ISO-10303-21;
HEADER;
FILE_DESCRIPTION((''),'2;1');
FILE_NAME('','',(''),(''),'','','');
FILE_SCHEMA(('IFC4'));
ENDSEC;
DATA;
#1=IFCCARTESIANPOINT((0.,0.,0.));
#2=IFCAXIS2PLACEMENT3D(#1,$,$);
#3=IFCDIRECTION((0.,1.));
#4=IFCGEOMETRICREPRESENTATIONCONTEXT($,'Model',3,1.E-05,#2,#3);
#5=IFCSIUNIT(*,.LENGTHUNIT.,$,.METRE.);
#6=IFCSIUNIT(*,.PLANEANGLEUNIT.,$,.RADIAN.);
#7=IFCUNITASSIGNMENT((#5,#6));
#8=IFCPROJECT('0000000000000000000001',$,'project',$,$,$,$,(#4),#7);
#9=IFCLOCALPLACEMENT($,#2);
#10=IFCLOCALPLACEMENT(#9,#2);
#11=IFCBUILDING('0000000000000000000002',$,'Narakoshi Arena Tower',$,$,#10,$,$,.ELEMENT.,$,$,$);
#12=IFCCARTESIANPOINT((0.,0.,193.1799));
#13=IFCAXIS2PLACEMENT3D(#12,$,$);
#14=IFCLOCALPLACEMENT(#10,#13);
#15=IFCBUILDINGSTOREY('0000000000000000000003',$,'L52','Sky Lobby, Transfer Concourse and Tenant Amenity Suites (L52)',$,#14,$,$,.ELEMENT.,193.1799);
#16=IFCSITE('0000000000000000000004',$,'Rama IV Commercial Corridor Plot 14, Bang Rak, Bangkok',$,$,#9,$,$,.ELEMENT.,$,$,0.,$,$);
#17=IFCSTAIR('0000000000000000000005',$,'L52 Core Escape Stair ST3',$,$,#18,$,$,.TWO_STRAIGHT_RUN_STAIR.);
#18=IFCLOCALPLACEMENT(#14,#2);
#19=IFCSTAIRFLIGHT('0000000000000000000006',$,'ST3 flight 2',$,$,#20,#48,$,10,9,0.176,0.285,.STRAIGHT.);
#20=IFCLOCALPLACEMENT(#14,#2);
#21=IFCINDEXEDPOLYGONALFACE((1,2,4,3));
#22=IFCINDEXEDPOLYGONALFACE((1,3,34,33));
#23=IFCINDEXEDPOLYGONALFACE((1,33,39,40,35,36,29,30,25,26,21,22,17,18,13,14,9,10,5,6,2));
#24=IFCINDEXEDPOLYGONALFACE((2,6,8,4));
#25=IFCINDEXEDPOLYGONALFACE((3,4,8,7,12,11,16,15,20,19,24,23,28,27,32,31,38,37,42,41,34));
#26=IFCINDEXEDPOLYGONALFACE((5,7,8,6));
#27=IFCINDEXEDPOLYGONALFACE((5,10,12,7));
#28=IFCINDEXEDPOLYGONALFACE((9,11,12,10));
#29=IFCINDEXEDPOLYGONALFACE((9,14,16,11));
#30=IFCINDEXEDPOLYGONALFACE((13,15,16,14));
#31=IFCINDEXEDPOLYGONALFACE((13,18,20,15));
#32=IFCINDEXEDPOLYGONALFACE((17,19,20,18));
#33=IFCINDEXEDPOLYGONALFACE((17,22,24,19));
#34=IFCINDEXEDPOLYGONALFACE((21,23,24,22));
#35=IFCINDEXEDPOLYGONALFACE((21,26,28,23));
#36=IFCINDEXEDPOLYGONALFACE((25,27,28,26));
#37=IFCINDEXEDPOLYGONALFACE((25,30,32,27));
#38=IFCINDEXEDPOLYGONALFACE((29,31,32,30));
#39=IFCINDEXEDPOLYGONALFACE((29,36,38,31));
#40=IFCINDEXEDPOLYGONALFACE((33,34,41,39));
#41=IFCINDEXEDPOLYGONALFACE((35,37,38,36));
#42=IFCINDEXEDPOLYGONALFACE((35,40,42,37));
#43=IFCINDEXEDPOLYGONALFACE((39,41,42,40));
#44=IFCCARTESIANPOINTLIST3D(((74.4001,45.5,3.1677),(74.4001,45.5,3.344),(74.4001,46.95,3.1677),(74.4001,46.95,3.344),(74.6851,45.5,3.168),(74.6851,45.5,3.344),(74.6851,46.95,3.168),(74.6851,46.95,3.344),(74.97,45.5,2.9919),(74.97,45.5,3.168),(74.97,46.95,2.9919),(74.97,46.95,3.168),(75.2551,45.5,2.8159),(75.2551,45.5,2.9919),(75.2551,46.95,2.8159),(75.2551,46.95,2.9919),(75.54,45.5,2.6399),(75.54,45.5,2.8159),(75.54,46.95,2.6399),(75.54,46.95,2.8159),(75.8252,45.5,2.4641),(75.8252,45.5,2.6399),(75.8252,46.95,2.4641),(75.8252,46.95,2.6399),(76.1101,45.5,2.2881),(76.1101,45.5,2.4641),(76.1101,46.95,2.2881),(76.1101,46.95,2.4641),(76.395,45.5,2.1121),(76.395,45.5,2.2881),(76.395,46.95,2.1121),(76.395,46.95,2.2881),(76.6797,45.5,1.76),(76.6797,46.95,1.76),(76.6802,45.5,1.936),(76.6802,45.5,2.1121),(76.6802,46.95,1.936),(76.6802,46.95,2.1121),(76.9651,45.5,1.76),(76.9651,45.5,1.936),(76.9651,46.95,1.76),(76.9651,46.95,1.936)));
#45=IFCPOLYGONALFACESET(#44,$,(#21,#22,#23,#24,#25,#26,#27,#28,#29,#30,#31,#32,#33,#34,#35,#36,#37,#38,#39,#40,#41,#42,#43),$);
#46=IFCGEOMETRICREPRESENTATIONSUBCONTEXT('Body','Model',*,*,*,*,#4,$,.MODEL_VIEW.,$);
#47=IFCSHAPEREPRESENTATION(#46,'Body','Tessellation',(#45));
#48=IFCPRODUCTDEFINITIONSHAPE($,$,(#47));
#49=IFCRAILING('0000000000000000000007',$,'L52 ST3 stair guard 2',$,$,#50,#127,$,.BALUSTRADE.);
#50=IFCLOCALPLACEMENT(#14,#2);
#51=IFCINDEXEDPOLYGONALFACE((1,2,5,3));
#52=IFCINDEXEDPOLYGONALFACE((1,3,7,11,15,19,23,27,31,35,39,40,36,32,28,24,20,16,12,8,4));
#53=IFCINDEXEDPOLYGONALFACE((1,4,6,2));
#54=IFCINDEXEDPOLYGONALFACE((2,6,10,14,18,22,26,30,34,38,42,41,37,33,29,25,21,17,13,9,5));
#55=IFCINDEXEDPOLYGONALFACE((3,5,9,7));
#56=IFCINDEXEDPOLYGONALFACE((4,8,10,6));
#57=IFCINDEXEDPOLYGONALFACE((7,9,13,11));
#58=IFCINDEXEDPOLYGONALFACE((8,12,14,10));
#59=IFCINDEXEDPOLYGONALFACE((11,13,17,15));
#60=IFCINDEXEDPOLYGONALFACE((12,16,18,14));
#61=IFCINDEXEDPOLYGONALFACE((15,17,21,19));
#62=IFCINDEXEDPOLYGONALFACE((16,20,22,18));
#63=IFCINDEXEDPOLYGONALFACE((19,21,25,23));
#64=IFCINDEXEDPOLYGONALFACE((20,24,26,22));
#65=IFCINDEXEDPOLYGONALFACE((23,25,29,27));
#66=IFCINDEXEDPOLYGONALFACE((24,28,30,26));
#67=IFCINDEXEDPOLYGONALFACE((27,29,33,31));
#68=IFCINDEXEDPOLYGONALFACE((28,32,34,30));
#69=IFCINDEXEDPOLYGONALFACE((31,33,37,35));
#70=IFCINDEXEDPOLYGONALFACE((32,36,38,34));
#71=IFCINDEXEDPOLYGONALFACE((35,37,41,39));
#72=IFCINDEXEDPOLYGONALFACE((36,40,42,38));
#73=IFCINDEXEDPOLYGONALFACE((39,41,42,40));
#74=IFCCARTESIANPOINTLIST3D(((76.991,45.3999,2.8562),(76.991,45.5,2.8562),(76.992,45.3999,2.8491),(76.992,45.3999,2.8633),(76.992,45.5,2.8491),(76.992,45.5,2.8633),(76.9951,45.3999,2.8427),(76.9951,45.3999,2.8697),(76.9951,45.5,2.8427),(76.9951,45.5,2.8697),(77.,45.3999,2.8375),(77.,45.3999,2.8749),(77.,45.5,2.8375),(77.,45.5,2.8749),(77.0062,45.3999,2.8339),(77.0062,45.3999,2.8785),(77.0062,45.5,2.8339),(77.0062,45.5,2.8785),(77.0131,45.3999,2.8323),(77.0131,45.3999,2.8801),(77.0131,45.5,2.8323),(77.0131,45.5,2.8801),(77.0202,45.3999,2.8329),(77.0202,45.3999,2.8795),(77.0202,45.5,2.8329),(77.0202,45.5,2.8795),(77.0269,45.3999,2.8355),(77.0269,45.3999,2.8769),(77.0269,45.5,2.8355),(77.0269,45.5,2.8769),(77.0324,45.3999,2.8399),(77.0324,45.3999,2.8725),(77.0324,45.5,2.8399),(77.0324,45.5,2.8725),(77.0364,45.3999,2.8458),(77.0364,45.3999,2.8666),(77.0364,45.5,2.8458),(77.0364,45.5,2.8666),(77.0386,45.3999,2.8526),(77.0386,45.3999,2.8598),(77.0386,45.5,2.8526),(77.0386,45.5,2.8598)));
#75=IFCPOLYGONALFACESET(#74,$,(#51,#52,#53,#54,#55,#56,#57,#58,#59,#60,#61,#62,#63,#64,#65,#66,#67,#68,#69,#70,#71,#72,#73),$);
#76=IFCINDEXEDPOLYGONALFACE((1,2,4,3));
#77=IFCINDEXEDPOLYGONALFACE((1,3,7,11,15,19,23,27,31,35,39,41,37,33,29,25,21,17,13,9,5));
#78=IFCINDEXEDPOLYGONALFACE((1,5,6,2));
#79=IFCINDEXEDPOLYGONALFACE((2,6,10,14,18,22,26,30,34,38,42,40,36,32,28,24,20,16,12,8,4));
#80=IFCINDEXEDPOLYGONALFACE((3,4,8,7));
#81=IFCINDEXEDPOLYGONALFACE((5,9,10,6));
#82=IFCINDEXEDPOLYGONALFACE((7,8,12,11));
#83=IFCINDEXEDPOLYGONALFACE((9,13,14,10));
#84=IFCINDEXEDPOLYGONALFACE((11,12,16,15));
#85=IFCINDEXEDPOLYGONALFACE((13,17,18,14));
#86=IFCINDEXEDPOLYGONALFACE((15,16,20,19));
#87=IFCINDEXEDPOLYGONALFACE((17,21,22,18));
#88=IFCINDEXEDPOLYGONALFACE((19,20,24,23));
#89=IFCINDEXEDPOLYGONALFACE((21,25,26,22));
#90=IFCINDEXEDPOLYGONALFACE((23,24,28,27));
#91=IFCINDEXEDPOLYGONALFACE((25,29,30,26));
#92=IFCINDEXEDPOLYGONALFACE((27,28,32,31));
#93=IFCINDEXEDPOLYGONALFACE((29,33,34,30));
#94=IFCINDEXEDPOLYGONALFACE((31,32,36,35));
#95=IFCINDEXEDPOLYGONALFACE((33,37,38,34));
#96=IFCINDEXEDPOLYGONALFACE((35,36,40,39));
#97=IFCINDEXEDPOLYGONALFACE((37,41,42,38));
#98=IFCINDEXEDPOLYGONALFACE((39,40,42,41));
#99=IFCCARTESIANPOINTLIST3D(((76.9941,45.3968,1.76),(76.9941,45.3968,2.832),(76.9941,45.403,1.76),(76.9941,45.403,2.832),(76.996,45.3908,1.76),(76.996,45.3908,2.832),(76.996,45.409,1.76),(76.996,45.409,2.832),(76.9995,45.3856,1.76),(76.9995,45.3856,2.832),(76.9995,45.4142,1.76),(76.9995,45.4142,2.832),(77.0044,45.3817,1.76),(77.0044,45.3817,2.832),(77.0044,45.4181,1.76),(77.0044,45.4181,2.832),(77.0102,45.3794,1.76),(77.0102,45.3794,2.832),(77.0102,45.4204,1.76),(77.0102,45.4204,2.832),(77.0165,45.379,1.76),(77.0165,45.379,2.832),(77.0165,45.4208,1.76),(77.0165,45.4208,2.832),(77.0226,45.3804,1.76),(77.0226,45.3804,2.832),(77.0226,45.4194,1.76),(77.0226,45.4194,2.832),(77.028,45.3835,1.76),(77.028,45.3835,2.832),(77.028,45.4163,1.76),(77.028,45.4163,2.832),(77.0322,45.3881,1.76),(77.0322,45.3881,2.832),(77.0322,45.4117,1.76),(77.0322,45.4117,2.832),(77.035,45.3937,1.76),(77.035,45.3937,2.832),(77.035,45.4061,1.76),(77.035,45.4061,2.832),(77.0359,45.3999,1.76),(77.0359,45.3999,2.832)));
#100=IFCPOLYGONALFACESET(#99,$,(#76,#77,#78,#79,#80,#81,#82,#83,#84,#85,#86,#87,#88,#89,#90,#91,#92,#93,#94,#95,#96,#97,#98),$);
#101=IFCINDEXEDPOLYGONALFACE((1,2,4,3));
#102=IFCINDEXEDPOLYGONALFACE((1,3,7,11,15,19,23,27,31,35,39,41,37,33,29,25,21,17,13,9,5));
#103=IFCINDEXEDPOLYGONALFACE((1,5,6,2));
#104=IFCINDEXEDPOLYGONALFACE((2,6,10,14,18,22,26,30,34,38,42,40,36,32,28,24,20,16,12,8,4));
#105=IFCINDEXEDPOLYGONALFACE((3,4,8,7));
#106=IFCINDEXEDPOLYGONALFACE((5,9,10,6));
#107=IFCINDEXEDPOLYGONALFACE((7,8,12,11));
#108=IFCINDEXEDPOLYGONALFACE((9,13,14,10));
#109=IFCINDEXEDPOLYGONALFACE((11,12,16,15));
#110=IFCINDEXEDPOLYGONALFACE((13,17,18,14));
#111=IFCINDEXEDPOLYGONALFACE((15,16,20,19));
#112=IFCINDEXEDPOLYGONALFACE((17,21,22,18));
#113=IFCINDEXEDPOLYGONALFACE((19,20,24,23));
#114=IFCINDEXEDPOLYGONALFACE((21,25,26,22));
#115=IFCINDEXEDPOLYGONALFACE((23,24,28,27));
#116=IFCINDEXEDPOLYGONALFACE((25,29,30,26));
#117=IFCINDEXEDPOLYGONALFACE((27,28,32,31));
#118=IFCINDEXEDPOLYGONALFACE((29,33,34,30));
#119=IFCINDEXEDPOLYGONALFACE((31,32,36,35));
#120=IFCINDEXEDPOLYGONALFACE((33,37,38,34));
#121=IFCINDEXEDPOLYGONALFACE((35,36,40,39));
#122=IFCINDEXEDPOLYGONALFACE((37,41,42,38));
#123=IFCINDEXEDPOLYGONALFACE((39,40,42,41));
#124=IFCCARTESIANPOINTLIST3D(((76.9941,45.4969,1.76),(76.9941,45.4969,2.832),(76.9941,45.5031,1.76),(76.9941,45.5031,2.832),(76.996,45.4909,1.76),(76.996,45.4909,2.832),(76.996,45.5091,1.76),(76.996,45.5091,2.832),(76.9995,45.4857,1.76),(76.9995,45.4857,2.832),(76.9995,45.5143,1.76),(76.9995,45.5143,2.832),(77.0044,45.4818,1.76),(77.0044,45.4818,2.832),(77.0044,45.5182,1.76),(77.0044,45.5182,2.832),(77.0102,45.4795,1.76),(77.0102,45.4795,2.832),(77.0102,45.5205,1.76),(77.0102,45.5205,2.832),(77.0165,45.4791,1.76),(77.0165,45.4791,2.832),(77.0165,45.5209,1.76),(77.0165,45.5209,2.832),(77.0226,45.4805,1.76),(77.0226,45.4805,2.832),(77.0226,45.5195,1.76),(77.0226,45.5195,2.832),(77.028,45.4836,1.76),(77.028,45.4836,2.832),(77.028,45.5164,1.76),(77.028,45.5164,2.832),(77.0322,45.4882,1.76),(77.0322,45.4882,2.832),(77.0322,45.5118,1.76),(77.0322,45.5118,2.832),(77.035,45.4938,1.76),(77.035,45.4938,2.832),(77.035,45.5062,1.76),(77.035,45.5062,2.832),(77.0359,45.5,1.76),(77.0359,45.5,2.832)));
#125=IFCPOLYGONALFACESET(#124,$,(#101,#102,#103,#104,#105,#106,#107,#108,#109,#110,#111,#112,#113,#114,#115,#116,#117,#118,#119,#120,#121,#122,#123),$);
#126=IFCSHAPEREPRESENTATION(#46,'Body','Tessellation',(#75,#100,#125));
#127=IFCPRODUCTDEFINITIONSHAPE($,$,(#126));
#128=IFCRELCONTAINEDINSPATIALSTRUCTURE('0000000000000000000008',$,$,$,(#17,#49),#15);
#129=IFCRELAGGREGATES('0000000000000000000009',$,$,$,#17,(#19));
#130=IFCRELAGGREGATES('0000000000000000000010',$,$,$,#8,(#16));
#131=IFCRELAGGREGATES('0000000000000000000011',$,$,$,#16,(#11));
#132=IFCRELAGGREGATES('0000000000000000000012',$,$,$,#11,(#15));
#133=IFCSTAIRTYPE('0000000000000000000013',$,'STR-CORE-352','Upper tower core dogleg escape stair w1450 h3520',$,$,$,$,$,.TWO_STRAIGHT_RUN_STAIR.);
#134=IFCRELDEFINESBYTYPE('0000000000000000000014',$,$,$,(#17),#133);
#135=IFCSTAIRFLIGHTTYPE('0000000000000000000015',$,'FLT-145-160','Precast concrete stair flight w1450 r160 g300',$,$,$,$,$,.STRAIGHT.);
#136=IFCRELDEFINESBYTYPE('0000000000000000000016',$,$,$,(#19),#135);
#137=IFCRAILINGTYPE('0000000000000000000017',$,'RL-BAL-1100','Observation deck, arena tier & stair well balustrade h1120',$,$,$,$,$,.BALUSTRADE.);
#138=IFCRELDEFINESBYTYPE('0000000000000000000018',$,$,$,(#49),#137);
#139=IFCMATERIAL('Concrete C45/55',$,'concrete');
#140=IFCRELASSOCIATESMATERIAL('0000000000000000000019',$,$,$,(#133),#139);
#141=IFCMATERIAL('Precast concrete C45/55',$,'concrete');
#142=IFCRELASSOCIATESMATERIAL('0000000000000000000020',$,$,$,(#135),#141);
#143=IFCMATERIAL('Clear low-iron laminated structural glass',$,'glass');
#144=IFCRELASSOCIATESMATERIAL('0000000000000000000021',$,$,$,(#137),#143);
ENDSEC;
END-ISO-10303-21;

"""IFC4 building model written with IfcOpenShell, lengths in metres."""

from ifc_helpers import new_model, si_unit, direction, frame, origin, origin_2d, place, context, subcontext, project, spatial, polyline, circle, outline, extrude, material, type_object, element, aggregate, save


model = new_model("IFC4")

# Units and contexts
model_context = context("Model", 3, precision=1e-05, world=origin(), true_north=direction((0.0, 1.0)))
body_context = subcontext(model_context, "Body", "Model", "MODEL_VIEW")
ifc_project = project(units=[si_unit("LENGTHUNIT", "METRE"), si_unit("PLANEANGLEUNIT", "RADIAN")], contexts=[model_context])

# Site, building, storey
site_placement = place(None, origin())
site = spatial("IfcSite", under=ifc_project, at=site_placement, Name="Rama IV Commercial Corridor Plot 14, Bang Rak, Bangkok", CompositionType="ELEMENT", RefElevation=0.0)
building_placement = place(site_placement, origin())
building = spatial("IfcBuilding", under=site, at=building_placement, Name="Narakoshi Arena Tower", CompositionType="ELEMENT")
storey_placement = place(building_placement, frame((0.0, 0.0, 193.1799)))
storey = spatial("IfcBuildingStorey", under=building, at=storey_placement, Name="L52", Description="Sky Lobby, Transfer Concourse and Tenant Amenity Suites (L52)", CompositionType="ELEMENT", Elevation=193.1799)

# Stair, stair flight
ifc_material_1 = material(Name="Concrete C45/55", Category="concrete")
stair_type = type_object("IfcStairType", Name="STR-CORE-352", Description="Upper tower core dogleg escape stair w1450 h3520", PredefinedType="TWO_STRAIGHT_RUN_STAIR", material=ifc_material_1)
stair_placement = place(storey_placement, origin())
stair = element("IfcStair", 1, at=stair_placement, inside=storey, type_object=stair_type, Name="L52 Core Escape Stair ST3", PredefinedType="TWO_STRAIGHT_RUN_STAIR")
ifc_material_2 = material(Name="Precast concrete C45/55", Category="concrete")
stair_flight_type = type_object("IfcStairFlightType", Name="FLT-145-160", Description="Precast concrete stair flight w1450 r160 g300", PredefinedType="STRAIGHT", material=ifc_material_2)
stair_flight_placement = place(storey_placement, frame((76.9651, 46.2251, 1.76), z_axis=(0.0, 0.0, 1.0), x_axis=(-1.0, 0.0, 0.0)))
stair_flight = element("IfcStairFlight", 2, at=stair_flight_placement, type_object=stair_flight_type, Name="ST3 flight 2", NumberOfRisers=10, NumberOfTreads=9, PredefinedType="STRAIGHT", RiserHeight=0.176, TreadLength=0.285, context=body_context, shape_type="SweptSolid", body=[
    extrude(outline(polyline([(0.0, 0.0), (0.0, 0.176), (0.2849, 0.176), (0.2849, 0.3521), (0.5701, 0.3521), (0.5701, 0.5281), (0.855, 0.5281), (0.855, 0.7041), (1.1399, 0.7041), (1.1399, 0.8799), (1.425, 0.8799), (1.425, 1.0559), (1.71, 1.0559), (1.71, 1.2319), (1.9951, 1.2319), (1.9951, 1.408), (2.28, 1.408), (2.28, 1.584), (2.5649, 1.584), (2.5649, 1.76), (2.5649, 1.4077), (0.2854, 0.0), (0.0, 0.0)])), frame((0.0, 0.7251, 0.0), z_axis=(0.0, -1.0, 0.0), x_axis=(1.0, 0.0, 0.0)), (0.0, 0.0, 1.0), 1.45),
])
aggregate(stair, [stair_flight])

# Railing
ifc_material_3 = material(Name="Clear low-iron laminated structural glass", Category="glass")
railing_type_1 = type_object("IfcRailingType", Name="RL-BAL-1100", Description="Observation deck, arena tier & stair well balustrade h1120", PredefinedType="BALUSTRADE", material=ifc_material_3)
railing_1_placement = place(storey_placement, frame((77.0149, 45.3999, 1.76)))
element("IfcRailing", 3, at=railing_1_placement, inside=storey, type_object=railing_type_1, Name="L52 ST3 stair guard 2", PredefinedType="BALUSTRADE", context=body_context, shape_type="SweptSolid", body=[
    extrude(circle(Radius=0.0239, at=origin_2d()), frame((0.0, 0.0, 1.0962), z_axis=(0.0, 1.0, 0.0), x_axis=(-1.0, 0.0, 0.0)), (0.0, 0.0, 1.0), 0.1001),
    extrude(circle(Radius=0.021, at=origin_2d()), origin(), (0.0, 0.0, 1.0), 1.072),
    extrude(circle(Radius=0.021, at=origin_2d()), frame((0.0, 0.1001, 0.0)), (0.0, 0.0, 1.0), 1.072),
])

save(model, "model.ifc")
